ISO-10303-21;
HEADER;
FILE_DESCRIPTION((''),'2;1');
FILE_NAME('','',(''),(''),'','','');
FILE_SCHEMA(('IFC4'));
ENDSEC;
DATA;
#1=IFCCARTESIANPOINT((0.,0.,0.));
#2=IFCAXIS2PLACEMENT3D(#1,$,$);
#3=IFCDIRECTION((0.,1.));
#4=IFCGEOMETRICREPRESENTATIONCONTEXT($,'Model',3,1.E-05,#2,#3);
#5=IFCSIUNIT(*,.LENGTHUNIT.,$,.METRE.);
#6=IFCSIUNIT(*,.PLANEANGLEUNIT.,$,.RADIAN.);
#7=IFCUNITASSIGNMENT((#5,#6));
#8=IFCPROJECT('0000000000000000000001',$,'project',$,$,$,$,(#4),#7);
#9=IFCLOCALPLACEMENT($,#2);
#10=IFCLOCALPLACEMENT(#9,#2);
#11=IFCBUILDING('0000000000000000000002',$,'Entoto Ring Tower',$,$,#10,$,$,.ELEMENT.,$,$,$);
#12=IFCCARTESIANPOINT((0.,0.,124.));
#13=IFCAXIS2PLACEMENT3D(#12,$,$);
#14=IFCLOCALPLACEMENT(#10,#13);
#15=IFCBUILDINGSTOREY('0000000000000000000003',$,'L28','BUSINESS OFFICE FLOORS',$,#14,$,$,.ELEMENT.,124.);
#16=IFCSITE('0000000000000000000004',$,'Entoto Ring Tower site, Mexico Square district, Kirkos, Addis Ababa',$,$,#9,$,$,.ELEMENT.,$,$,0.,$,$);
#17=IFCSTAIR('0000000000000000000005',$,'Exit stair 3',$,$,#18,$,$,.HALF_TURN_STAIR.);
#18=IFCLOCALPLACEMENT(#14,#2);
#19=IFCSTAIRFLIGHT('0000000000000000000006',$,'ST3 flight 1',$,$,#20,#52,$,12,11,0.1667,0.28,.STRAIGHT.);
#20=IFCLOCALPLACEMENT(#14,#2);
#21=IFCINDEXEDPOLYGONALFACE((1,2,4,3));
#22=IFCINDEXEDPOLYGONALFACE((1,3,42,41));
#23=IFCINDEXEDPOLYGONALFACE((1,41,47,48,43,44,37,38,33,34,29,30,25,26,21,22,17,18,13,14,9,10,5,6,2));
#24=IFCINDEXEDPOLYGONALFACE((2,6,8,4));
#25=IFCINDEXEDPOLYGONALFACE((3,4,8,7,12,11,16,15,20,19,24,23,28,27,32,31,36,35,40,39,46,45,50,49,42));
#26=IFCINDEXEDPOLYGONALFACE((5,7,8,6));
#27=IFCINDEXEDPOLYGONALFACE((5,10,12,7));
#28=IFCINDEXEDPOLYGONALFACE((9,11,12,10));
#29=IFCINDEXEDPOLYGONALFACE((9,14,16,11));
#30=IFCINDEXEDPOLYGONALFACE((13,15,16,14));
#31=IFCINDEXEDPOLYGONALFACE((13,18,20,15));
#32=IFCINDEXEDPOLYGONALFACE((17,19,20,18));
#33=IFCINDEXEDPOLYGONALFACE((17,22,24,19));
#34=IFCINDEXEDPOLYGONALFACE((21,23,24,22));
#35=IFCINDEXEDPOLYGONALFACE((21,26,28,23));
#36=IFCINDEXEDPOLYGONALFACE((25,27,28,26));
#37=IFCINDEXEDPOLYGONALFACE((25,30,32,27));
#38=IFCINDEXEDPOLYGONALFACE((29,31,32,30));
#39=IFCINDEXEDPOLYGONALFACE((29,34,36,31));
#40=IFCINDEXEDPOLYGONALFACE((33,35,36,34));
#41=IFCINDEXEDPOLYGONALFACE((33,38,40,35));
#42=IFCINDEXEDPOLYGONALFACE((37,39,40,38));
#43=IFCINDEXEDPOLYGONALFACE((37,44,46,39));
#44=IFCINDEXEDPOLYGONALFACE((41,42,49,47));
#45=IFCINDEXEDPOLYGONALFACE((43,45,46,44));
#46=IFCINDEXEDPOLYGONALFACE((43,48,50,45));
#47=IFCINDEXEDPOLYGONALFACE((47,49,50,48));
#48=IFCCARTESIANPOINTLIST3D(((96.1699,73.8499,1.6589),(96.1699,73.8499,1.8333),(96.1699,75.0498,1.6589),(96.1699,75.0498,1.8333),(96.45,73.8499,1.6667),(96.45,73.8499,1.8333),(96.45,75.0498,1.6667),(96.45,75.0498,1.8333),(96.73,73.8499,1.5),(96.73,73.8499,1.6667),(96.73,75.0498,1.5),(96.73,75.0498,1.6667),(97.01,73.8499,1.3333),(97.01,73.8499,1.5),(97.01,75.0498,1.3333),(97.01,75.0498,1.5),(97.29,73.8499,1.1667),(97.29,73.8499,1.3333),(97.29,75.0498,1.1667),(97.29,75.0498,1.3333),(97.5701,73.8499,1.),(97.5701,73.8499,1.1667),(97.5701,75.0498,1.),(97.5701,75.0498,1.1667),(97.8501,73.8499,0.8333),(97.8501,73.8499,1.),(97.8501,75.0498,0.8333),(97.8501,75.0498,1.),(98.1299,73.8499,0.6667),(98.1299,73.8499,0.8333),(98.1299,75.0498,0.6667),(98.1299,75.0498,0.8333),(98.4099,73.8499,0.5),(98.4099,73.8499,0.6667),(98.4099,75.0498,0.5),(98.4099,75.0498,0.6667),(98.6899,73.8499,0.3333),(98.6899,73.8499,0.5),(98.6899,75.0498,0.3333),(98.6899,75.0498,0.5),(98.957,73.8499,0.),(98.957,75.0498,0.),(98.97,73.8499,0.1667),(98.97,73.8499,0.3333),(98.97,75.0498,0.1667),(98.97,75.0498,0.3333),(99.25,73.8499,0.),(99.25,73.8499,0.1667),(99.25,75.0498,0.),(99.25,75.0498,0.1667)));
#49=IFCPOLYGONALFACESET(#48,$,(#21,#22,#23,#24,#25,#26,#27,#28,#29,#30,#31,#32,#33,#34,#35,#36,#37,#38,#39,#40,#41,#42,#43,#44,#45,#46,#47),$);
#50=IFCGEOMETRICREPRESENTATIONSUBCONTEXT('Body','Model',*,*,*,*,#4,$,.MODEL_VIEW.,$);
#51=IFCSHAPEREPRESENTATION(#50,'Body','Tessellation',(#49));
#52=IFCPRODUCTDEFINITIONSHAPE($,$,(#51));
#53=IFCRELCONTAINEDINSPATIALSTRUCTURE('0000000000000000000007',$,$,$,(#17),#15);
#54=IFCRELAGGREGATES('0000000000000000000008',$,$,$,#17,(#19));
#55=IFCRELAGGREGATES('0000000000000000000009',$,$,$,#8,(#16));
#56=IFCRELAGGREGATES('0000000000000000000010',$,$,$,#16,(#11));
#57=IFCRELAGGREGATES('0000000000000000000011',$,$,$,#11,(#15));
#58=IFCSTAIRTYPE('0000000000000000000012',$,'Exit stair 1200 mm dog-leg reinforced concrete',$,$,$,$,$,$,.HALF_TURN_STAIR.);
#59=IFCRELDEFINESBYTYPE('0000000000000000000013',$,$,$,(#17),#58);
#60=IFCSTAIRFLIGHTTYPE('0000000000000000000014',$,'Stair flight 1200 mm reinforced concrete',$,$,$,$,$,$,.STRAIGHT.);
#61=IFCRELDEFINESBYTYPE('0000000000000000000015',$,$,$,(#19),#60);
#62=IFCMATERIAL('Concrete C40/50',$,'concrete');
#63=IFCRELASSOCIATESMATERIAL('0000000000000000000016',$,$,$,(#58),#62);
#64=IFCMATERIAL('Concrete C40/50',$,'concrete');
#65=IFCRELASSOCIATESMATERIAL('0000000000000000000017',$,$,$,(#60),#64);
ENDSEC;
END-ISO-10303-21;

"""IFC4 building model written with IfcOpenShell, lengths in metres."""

from ifc_helpers import new_model, si_unit, direction, frame, origin, place, context, subcontext, project, spatial, polyline, outline, extrude, material, type_object, element, aggregate, save


model = new_model("IFC4")

# Units and contexts
model_context = context("Model", 3, precision=1e-05, world=origin(), true_north=direction((0.0, 1.0)))
body_context = subcontext(model_context, "Body", "Model", "MODEL_VIEW")
ifc_project = project(units=[si_unit("LENGTHUNIT", "METRE"), si_unit("PLANEANGLEUNIT", "RADIAN")], contexts=[model_context])

# Site, building, storey
site_placement = place(None, origin())
site = spatial("IfcSite", under=ifc_project, at=site_placement, Name="Entoto Ring Tower site, Mexico Square district, Kirkos, Addis Ababa", CompositionType="ELEMENT", RefElevation=0.0)
building_placement = place(site_placement, origin())
building = spatial("IfcBuilding", under=site, at=building_placement, Name="Entoto Ring Tower", CompositionType="ELEMENT")
storey_placement = place(building_placement, frame((0.0, 0.0, 124.0)))
storey = spatial("IfcBuildingStorey", under=building, at=storey_placement, Name="L28", Description="BUSINESS OFFICE FLOORS", CompositionType="ELEMENT", Elevation=124.0)

# Stair, stair flight
ifc_material_1 = material(Name="Concrete C40/50", Category="concrete")
stair_type = type_object("IfcStairType", Name="Exit stair 1200 mm dog-leg reinforced concrete", PredefinedType="HALF_TURN_STAIR", material=ifc_material_1)
stair_placement = place(storey_placement, origin())
stair = element("IfcStair", 1, at=stair_placement, inside=storey, type_object=stair_type, Name="Exit stair 3", PredefinedType="HALF_TURN_STAIR")
ifc_material_2 = material(Name="Concrete C40/50", Category="concrete")
stair_flight_type = type_object("IfcStairFlightType", Name="Stair flight 1200 mm reinforced concrete", PredefinedType="STRAIGHT", material=ifc_material_2)
stair_flight_placement = place(storey_placement, frame((99.25, 74.45, 0.0), z_axis=(0.0, 0.0, 1.0), x_axis=(-1.0, 0.0, 0.0)))
stair_flight = element("IfcStairFlight", 2, at=stair_flight_placement, type_object=stair_flight_type, Name="ST3 flight 1", NumberOfRisers=12, NumberOfTreads=11, PredefinedType="STRAIGHT", RiserHeight=0.1667, TreadLength=0.28, context=body_context, shape_type="SweptSolid", body=[
    extrude(outline(polyline([(0.0, 0.0), (0.0, 0.1667), (0.28, 0.1667), (0.28, 0.3333), (0.5601, 0.3333), (0.5601, 0.5), (0.8401, 0.5), (0.8401, 0.6667), (1.1201, 0.6667), (1.1201, 0.8333), (1.3999, 0.8333), (1.3999, 1.0), (1.6799, 1.0), (1.6799, 1.1667), (1.96, 1.1667), (1.96, 1.3333), (2.24, 1.3333), (2.24, 1.5), (2.52, 1.5), (2.52, 1.6667), (2.8, 1.6667), (2.8, 1.8333), (3.0801, 1.8333), (3.0801, 2.0), (3.0801, 1.6589), (0.293, 0.0), (0.0, 0.0)])), frame((0.0, 0.6001, 0.0), z_axis=(0.0, -1.0, 0.0), x_axis=(1.0, 0.0, 0.0)), (0.0, 0.0, 1.0), 1.2),
])
aggregate(stair, [stair_flight])

save(model, "model.ifc")
